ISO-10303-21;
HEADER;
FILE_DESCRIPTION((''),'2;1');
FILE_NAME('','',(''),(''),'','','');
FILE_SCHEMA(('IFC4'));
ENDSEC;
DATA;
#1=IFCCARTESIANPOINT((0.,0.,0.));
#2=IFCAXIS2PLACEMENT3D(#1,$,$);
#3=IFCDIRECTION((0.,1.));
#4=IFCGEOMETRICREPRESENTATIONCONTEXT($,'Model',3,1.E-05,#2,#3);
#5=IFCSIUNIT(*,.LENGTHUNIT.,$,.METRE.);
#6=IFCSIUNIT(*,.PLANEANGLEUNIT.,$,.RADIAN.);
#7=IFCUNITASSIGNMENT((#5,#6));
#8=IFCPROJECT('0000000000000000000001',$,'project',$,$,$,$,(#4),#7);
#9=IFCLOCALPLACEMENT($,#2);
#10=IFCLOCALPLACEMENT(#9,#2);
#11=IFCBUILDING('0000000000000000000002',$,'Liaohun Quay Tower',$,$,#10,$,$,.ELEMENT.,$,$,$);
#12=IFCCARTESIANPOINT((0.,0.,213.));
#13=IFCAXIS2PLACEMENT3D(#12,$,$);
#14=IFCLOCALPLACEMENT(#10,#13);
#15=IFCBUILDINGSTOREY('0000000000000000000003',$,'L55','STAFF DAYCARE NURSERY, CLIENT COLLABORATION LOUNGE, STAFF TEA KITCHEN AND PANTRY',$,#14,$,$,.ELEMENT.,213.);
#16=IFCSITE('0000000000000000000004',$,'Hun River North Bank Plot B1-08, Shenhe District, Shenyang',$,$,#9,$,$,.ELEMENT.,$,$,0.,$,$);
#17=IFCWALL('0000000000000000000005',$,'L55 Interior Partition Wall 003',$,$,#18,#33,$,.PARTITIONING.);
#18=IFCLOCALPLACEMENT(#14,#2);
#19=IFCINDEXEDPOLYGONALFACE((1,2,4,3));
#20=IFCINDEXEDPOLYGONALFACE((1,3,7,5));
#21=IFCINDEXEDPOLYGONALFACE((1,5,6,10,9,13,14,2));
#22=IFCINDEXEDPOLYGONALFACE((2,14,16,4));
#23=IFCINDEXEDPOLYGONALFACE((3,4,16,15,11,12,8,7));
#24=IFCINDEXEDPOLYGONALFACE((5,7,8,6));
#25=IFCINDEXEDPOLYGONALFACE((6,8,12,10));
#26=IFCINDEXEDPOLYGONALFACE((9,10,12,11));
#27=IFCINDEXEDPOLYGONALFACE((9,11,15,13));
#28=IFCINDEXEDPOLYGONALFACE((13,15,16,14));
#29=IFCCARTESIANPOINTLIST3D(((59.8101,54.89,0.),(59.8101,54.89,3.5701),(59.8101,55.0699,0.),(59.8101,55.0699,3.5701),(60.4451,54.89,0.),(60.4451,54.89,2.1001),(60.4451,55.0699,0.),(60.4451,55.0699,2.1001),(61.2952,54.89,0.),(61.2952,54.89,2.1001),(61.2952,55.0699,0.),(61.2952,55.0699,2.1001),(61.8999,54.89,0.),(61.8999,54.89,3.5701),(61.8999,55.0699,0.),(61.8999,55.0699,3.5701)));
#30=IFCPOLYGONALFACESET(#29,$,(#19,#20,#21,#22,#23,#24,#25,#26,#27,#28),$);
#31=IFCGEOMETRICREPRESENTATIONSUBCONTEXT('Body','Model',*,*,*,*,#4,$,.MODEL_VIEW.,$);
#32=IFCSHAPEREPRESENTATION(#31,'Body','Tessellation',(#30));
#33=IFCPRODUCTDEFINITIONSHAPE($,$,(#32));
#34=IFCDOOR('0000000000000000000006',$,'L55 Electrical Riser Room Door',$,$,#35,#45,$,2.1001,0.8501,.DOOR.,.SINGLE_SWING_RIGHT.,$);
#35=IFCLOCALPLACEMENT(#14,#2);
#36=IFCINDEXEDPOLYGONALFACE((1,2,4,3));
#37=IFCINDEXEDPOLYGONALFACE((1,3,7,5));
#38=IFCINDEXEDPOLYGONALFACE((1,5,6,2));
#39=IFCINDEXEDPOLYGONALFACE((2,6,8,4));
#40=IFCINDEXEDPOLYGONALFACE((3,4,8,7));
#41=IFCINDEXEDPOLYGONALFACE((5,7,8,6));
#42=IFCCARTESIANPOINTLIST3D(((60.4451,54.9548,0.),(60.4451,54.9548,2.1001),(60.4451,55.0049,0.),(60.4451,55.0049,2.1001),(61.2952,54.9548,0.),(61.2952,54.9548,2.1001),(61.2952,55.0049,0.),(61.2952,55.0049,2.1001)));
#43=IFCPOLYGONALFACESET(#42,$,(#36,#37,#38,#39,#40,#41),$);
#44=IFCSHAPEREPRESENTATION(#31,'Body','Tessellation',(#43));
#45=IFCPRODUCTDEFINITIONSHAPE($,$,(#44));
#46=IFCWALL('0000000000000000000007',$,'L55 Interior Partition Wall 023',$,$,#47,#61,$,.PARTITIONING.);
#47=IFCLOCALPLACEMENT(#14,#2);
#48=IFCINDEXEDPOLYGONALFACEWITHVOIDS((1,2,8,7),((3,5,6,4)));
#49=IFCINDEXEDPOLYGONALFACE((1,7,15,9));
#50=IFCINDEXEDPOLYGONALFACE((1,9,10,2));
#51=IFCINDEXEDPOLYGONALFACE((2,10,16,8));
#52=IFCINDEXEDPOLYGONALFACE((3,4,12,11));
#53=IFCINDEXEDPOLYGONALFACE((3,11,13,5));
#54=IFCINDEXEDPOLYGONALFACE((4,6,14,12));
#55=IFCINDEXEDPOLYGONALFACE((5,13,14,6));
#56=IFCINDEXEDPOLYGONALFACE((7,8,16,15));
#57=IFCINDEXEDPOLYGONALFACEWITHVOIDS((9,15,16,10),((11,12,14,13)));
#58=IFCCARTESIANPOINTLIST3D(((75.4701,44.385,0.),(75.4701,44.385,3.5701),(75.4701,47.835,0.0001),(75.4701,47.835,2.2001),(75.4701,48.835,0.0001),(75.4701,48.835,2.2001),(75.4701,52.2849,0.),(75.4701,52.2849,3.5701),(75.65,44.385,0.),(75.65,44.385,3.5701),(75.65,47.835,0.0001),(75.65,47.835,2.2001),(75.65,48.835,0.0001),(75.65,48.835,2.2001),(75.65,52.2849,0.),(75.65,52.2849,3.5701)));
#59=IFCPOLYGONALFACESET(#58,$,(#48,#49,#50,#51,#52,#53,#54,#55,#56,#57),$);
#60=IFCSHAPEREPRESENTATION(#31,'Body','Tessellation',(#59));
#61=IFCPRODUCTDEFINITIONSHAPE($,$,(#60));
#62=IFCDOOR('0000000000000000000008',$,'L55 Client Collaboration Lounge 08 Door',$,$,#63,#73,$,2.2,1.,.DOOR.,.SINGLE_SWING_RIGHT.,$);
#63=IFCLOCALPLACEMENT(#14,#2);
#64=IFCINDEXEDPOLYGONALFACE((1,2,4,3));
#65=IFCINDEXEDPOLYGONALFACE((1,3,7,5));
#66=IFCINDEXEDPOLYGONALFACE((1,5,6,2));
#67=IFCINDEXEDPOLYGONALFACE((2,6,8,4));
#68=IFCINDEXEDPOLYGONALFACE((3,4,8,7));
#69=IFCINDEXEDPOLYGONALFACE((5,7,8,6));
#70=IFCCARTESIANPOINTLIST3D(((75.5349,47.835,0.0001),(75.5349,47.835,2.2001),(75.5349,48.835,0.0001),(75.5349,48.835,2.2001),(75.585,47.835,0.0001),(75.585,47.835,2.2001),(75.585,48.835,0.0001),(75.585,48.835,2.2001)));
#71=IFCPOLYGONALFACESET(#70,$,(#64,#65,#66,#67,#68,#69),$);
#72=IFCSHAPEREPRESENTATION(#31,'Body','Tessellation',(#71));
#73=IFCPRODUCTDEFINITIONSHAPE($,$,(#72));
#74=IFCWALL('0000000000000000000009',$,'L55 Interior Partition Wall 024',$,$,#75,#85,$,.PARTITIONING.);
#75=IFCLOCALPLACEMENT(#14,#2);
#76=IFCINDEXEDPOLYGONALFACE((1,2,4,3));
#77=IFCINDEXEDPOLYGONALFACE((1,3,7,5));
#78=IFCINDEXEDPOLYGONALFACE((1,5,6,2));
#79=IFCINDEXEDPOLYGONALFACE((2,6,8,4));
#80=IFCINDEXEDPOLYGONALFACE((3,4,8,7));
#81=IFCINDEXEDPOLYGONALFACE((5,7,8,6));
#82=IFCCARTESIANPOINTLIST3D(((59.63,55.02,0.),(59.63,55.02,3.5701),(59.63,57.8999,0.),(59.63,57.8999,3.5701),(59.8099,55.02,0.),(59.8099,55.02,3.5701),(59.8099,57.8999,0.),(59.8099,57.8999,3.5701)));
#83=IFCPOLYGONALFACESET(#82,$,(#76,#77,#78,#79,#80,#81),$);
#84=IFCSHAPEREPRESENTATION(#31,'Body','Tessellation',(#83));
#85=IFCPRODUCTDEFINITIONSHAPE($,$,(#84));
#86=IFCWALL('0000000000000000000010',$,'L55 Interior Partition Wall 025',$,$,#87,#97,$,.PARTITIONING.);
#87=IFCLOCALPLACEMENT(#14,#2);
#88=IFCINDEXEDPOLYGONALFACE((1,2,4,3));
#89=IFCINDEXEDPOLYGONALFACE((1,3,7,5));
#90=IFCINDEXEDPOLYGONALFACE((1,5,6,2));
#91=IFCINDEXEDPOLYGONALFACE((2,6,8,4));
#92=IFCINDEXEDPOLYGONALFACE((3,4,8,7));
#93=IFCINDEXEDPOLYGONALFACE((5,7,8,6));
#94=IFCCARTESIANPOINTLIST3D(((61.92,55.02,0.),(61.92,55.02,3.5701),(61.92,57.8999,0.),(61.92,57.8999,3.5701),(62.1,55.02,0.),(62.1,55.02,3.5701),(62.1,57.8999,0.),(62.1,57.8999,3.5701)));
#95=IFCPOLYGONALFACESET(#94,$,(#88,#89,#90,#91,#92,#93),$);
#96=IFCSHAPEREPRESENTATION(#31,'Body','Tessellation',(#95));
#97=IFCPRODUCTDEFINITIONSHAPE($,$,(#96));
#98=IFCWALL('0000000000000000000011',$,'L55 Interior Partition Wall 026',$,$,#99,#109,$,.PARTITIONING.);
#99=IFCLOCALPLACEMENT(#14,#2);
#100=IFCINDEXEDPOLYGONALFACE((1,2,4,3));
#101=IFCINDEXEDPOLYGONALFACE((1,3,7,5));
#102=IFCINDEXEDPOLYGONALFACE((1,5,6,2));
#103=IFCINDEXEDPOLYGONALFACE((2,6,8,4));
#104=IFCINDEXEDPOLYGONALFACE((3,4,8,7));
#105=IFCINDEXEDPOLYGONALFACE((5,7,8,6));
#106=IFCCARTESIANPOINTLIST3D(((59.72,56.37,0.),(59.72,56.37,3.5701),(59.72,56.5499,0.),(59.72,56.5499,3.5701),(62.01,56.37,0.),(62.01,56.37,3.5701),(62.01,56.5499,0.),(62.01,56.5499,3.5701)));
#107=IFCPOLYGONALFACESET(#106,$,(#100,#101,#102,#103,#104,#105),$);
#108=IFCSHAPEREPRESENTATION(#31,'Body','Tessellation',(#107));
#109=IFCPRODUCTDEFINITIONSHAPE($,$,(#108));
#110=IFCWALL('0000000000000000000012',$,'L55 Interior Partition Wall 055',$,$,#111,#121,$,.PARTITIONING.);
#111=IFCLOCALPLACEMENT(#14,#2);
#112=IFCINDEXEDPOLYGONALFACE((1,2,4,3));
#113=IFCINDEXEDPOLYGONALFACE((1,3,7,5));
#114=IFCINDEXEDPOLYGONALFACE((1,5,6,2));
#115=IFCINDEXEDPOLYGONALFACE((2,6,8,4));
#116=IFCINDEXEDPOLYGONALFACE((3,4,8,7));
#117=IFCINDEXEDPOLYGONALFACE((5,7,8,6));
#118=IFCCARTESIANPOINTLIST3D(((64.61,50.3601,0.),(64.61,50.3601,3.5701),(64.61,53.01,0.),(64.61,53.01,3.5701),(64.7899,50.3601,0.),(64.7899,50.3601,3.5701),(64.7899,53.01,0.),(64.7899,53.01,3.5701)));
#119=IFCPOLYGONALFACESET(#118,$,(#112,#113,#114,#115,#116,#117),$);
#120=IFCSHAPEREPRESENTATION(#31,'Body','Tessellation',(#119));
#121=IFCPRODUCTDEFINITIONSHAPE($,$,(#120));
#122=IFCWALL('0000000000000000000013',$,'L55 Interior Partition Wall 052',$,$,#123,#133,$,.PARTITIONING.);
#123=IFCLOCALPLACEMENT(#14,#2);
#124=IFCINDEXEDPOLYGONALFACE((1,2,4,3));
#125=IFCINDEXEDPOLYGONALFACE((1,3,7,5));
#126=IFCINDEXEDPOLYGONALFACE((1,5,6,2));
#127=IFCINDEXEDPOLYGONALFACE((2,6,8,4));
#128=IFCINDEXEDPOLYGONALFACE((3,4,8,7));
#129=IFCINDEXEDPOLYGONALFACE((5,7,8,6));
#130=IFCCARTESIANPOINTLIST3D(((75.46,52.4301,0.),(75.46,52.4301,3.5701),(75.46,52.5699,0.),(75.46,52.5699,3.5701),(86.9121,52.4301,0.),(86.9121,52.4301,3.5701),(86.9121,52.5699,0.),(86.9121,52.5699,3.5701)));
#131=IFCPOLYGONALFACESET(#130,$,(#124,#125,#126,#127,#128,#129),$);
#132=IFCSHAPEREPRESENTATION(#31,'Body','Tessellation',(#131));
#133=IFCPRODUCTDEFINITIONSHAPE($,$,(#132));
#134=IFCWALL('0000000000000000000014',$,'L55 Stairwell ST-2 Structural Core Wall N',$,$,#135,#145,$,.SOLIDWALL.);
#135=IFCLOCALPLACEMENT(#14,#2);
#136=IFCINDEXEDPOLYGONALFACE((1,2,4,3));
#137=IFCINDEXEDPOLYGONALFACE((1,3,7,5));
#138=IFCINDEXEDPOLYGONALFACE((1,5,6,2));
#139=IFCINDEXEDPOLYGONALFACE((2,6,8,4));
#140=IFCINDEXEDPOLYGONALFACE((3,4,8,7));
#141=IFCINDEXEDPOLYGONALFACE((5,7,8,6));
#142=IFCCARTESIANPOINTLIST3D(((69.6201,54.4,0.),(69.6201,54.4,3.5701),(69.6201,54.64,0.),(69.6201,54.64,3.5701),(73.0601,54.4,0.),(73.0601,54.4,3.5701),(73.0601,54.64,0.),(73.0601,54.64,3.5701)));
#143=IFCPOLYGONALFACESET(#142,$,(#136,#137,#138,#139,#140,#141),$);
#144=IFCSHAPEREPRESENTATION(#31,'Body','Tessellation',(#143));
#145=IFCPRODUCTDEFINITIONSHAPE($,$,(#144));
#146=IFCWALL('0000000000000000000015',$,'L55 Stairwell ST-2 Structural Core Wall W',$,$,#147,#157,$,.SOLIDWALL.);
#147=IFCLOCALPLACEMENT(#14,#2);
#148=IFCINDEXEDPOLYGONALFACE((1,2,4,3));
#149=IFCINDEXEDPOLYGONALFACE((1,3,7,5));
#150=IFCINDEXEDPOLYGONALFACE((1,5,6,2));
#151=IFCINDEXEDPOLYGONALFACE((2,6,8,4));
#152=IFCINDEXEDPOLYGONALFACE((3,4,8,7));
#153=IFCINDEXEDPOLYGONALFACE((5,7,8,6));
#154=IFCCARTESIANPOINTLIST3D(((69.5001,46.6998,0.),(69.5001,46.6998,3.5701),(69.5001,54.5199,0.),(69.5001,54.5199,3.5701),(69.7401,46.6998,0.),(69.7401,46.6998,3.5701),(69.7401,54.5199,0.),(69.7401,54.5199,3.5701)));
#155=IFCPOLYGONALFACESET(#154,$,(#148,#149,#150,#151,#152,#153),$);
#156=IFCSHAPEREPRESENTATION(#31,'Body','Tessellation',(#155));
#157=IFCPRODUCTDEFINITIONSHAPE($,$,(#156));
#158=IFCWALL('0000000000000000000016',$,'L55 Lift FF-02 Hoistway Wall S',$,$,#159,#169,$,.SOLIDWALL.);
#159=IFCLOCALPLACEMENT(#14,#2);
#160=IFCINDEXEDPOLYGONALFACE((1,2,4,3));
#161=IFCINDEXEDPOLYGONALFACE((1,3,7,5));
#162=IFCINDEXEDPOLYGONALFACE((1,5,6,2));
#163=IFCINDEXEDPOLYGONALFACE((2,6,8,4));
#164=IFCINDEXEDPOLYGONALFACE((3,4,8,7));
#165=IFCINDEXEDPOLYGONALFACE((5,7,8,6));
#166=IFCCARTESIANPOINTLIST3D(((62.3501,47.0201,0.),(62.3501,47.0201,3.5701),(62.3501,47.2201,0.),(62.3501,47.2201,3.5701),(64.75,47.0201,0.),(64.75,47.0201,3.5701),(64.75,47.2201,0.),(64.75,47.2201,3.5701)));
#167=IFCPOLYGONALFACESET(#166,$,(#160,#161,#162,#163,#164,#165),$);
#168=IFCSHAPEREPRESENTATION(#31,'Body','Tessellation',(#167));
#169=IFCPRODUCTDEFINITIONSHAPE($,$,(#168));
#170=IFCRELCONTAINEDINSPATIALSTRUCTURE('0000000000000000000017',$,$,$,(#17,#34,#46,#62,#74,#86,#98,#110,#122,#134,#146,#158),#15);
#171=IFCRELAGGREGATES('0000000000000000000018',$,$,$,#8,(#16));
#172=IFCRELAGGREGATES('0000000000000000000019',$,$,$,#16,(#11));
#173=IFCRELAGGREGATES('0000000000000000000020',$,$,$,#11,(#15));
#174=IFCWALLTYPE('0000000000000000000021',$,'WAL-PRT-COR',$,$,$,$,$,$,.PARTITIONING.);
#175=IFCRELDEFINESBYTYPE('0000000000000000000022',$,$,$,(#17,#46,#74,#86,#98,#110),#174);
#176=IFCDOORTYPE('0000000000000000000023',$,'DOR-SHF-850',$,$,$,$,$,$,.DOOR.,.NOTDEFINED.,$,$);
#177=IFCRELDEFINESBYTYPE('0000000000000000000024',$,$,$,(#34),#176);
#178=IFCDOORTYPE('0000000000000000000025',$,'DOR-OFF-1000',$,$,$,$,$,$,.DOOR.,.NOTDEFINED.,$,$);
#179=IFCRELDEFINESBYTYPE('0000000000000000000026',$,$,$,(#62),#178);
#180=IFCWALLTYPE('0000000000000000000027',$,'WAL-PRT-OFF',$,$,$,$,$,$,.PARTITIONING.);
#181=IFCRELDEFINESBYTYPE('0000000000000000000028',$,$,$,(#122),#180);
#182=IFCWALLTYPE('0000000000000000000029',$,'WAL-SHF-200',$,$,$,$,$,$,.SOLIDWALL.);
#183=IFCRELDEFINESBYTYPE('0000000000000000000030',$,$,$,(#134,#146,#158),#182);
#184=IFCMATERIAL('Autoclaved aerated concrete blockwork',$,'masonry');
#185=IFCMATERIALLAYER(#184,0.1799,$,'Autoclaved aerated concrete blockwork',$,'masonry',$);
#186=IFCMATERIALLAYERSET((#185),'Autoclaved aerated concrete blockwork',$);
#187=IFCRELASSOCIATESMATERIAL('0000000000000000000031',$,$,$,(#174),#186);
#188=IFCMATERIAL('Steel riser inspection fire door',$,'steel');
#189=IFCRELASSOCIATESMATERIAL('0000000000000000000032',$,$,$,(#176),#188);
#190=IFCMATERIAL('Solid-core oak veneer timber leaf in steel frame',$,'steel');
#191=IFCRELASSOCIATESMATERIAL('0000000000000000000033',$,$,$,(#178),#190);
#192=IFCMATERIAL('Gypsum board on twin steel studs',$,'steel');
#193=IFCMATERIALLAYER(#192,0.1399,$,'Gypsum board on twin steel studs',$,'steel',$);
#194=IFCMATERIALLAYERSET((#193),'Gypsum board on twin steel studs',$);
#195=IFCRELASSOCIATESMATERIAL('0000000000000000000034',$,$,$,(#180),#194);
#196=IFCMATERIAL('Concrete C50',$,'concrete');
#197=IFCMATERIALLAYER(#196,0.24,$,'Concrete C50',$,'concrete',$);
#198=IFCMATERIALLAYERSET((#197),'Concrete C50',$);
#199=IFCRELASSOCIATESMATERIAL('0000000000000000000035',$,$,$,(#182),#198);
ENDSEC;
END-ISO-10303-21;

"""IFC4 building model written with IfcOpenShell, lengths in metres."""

from ifc_helpers import new_model, si_unit, direction, frame, frame_2d, origin, place, context, subcontext, project, spatial, rectangle, extrude, source, transform, mapped, material, layer, layer_set, type_object, element, fill, save


model = new_model("IFC4")

# Units and contexts
model_context = context("Model", 3, precision=1e-05, world=origin(), true_north=direction((0.0, 1.0)))
body_context = subcontext(model_context, "Body", "Model", "MODEL_VIEW")
ifc_project = project(units=[si_unit("LENGTHUNIT", "METRE"), si_unit("PLANEANGLEUNIT", "RADIAN")], contexts=[model_context])

# Site, building, storey
site_placement = place(None, origin())
site = spatial("IfcSite", under=ifc_project, at=site_placement, Name="Hun River North Bank Plot B1-08, Shenhe District, Shenyang", CompositionType="ELEMENT", RefElevation=0.0)
building_placement = place(site_placement, origin())
building = spatial("IfcBuilding", under=site, at=building_placement, Name="Liaohun Quay Tower", CompositionType="ELEMENT")
storey_placement = place(building_placement, frame((0.0, 0.0, 213.0)))
storey = spatial("IfcBuildingStorey", under=building, at=storey_placement, Name="L55", Description="STAFF DAYCARE NURSERY, CLIENT COLLABORATION LOUNGE, STAFF TEA KITCHEN AND PANTRY", CompositionType="ELEMENT", Elevation=213.0)

# Walls, openings, doors
ifc_material_1 = material(Name="Autoclaved aerated concrete blockwork", Category="masonry")
ifc_layer_1 = layer(ifc_material_1, 0.1799, Name="Autoclaved aerated concrete blockwork", Category="masonry")
ifc_layer_set_1 = layer_set([ifc_layer_1], Name="Autoclaved aerated concrete blockwork")
wall_type_1 = type_object("IfcWallType", Name="WAL-PRT-COR", PredefinedType="PARTITIONING", material=ifc_layer_set_1)
wall_1_placement = place(storey_placement, frame((59.8101, 54.98, 0.0), z_axis=(0.0, 0.0, 1.0), x_axis=(1.0, 0.0, 0.0)))
wall_1 = element("IfcWall", 1, at=wall_1_placement, inside=storey, type_object=wall_type_1, Name="L55 Interior Partition Wall 003", PredefinedType="PARTITIONING", context=body_context, shape_type="SweptSolid", body=[
    extrude(rectangle(XDim=2.0898, YDim=0.1799, at=frame_2d((1.0449, 0.0))), origin(), (0.0, 0.0, 1.0), 3.5701),
])
shared_shape_1 = source(origin(), body_context, "Body", "SweptSolid", [
    extrude(rectangle(XDim=0.8501, YDim=2.1001, at=frame_2d((0.425, 1.05))), frame((0.0, 0.0999, 0.0), z_axis=(0.0, -1.0, 0.0), x_axis=(1.0, 0.0, 0.0)), (0.0, 0.0, 1.0), 0.2),
])
opening_1_placement = place(wall_1_placement, frame((0.635, 0.0, 0.0)))
opening_1 = element("IfcOpeningElement", 2, at=opening_1_placement, cuts=wall_1, PredefinedType="OPENING", context=body_context, shape_type="MappedRepresentation", body=[
    mapped(shared_shape_1, transform((0.0, 0.0, 0.0), x_axis=(1.0, 0.0, 0.0), y_axis=(0.0, 1.0, 0.0), z_axis=(0.0, 0.0, 1.0), scale=1.0)),
])
ifc_material_2 = material(Name="Steel riser inspection fire door", Category="steel")
door_type_1 = type_object("IfcDoorType", Name="DOR-SHF-850", OperationType="NOTDEFINED", PredefinedType="DOOR", material=ifc_material_2)
shared_shape_2 = source(origin(), body_context, "Body", "SweptSolid", [
    extrude(rectangle(XDim=0.8501, YDim=2.1001, at=frame_2d((0.425, 1.05))), frame((0.0, 0.0249, 0.0), z_axis=(0.0, -1.0, 0.0), x_axis=(1.0, 0.0, 0.0)), (0.0, 0.0, 1.0), 0.05),
])
door_1_placement = place(opening_1_placement, origin())
door_1 = element("IfcDoor", 3, at=door_1_placement, inside=storey, type_object=door_type_1, Name="L55 Electrical Riser Room Door", OperationType="SINGLE_SWING_RIGHT", OverallHeight=2.1001, OverallWidth=0.8501, PredefinedType="DOOR", context=body_context, shape_type="MappedRepresentation", body=[
    mapped(shared_shape_2, transform((0.0, 0.0, 0.0), x_axis=(1.0, 0.0, 0.0), y_axis=(0.0, 1.0, 0.0), z_axis=(0.0, 0.0, 1.0), scale=1.0)),
])
fill(opening_1, door_1)
wall_2_placement = place(storey_placement, frame((75.5601, 52.2849, 0.0), z_axis=(0.0, 0.0, 1.0), x_axis=(0.0, -1.0, 0.0)))
wall_2 = element("IfcWall", 4, at=wall_2_placement, inside=storey, type_object=wall_type_1, Name="L55 Interior Partition Wall 023", PredefinedType="PARTITIONING", context=body_context, shape_type="SweptSolid", body=[
    extrude(rectangle(XDim=7.8999, YDim=0.1799, at=frame_2d((3.95, 0.0))), origin(), (0.0, 0.0, 1.0), 3.5701),
])
shared_shape_3 = source(origin(), body_context, "Body", "SweptSolid", [
    extrude(rectangle(XDim=1.0, YDim=2.2, at=frame_2d((0.5, 1.1001))), frame((0.0, 0.0999, 0.0), z_axis=(0.0, -1.0, 0.0), x_axis=(1.0, 0.0, 0.0)), (0.0, 0.0, 1.0), 0.2),
])
opening_2_placement = place(wall_2_placement, frame((3.45, 0.0, 0.0)))
opening_2 = element("IfcOpeningElement", 5, at=opening_2_placement, cuts=wall_2, PredefinedType="OPENING", context=body_context, shape_type="MappedRepresentation", body=[
    mapped(shared_shape_3, transform((0.0, 0.0, 0.0), x_axis=(1.0, 0.0, 0.0), y_axis=(0.0, 1.0, 0.0), z_axis=(0.0, 0.0, 1.0), scale=1.0)),
])
ifc_material_3 = material(Name="Solid-core oak veneer timber leaf in steel frame", Category="steel")
door_type_2 = type_object("IfcDoorType", Name="DOR-OFF-1000", OperationType="NOTDEFINED", PredefinedType="DOOR", material=ifc_material_3)
shared_shape_4 = source(origin(), body_context, "Body", "SweptSolid", [
    extrude(rectangle(XDim=1.0, YDim=2.2, at=frame_2d((0.5, 1.1001))), frame((0.0, 0.0249, 0.0), z_axis=(0.0, -1.0, 0.0), x_axis=(1.0, 0.0, 0.0)), (0.0, 0.0, 1.0), 0.05),
])
door_2_placement = place(opening_2_placement, origin())
door_2 = element("IfcDoor", 6, at=door_2_placement, inside=storey, type_object=door_type_2, Name="L55 Client Collaboration Lounge 08 Door", OperationType="SINGLE_SWING_RIGHT", OverallHeight=2.2, OverallWidth=1.0, PredefinedType="DOOR", context=body_context, shape_type="MappedRepresentation", body=[
    mapped(shared_shape_4, transform((0.0, 0.0, 0.0), x_axis=(1.0, 0.0, 0.0), y_axis=(0.0, 1.0, 0.0), z_axis=(0.0, 0.0, 1.0), scale=1.0)),
])
fill(opening_2, door_2)

# Walls
for number, where, z_axis, x_axis, name in (
    (7, (59.72, 55.02, 0.0), (0.0, 0.0, 1.0), (0.0, 1.0, 0.0), "L55 Interior Partition Wall 024"),
    (8, (62.01, 55.02, 0.0), (0.0, 0.0, 1.0), (0.0, 1.0, 0.0), "L55 Interior Partition Wall 025"),
):
    element("IfcWall", number, at=place(storey_placement, frame(where, z_axis=z_axis, x_axis=x_axis)), inside=storey, type_object=wall_type_1, Name=name, PredefinedType="PARTITIONING", context=body_context, shape_type="SweptSolid", body=[
        extrude(rectangle(XDim=2.8799, YDim=0.1799, at=frame_2d((1.4399, 0.0))), origin(), (0.0, 0.0, 1.0), 3.5701),
    ])
wall_3_placement = place(storey_placement, frame((59.72, 56.46, 0.0), z_axis=(0.0, 0.0, 1.0), x_axis=(1.0, 0.0, 0.0)))
element("IfcWall", 9, at=wall_3_placement, inside=storey, type_object=wall_type_1, Name="L55 Interior Partition Wall 026", PredefinedType="PARTITIONING", context=body_context, shape_type="SweptSolid", body=[
    extrude(rectangle(XDim=2.29, YDim=0.1799, at=frame_2d((1.145, 0.0))), origin(), (0.0, 0.0, 1.0), 3.5701),
])
wall_4_placement = place(storey_placement, frame((64.7, 50.3601, 0.0), z_axis=(0.0, 0.0, 1.0), x_axis=(0.0, 1.0, 0.0)))
element("IfcWall", 10, at=wall_4_placement, inside=storey, type_object=wall_type_1, Name="L55 Interior Partition Wall 055", PredefinedType="PARTITIONING", context=body_context, shape_type="SweptSolid", body=[
    extrude(rectangle(XDim=2.6499, YDim=0.1799, at=frame_2d((1.325, 0.0))), origin(), (0.0, 0.0, 1.0), 3.5701),
])
ifc_material_4 = material(Name="Gypsum board on twin steel studs", Category="steel")
ifc_layer_2 = layer(ifc_material_4, 0.1399, Name="Gypsum board on twin steel studs", Category="steel")
ifc_layer_set_2 = layer_set([ifc_layer_2], Name="Gypsum board on twin steel studs")
wall_type_2 = type_object("IfcWallType", Name="WAL-PRT-OFF", PredefinedType="PARTITIONING", material=ifc_layer_set_2)
wall_5_placement = place(storey_placement, frame((75.46, 52.5, 0.0), z_axis=(0.0, 0.0, 1.0), x_axis=(1.0, 0.0, 0.0)))
element("IfcWall", 11, at=wall_5_placement, inside=storey, type_object=wall_type_2, Name="L55 Interior Partition Wall 052", PredefinedType="PARTITIONING", context=body_context, shape_type="SweptSolid", body=[
    extrude(rectangle(XDim=11.4521, YDim=0.1399, at=frame_2d((5.7261, 0.0))), origin(), (0.0, 0.0, 1.0), 3.5701),
])
ifc_material_5 = material(Name="Concrete C50", Category="concrete")
ifc_layer_3 = layer(ifc_material_5, 0.24, Name="Concrete C50", Category="concrete")
ifc_layer_set_3 = layer_set([ifc_layer_3], Name="Concrete C50")
wall_type_3 = type_object("IfcWallType", Name="WAL-SHF-200", PredefinedType="SOLIDWALL", material=ifc_layer_set_3)
wall_6_placement = place(storey_placement, frame((73.0601, 54.52, 0.0), z_axis=(0.0, 0.0, 1.0), x_axis=(-1.0, 0.0, 0.0)))
element("IfcWall", 12, at=wall_6_placement, inside=storey, type_object=wall_type_3, Name="L55 Stairwell ST-2 Structural Core Wall N", PredefinedType="SOLIDWALL", context=body_context, shape_type="SweptSolid", body=[
    extrude(rectangle(XDim=3.4399, YDim=0.24, at=frame_2d((1.72, 0.0))), origin(), (0.0, 0.0, 1.0), 3.5701),
])
wall_7_placement = place(storey_placement, frame((69.6201, 54.52, 0.0), z_axis=(0.0, 0.0, 1.0), x_axis=(0.0, -1.0, 0.0)))
element("IfcWall", 13, at=wall_7_placement, inside=storey, type_object=wall_type_3, Name="L55 Stairwell ST-2 Structural Core Wall W", PredefinedType="SOLIDWALL", context=body_context, shape_type="SweptSolid", body=[
    extrude(rectangle(XDim=7.8201, YDim=0.24, at=frame_2d((3.9102, 0.0))), origin(), (0.0, 0.0, 1.0), 3.5701),
])
wall_8_placement = place(storey_placement, frame((62.3501, 47.1201, 0.0), z_axis=(0.0, 0.0, 1.0), x_axis=(1.0, 0.0, 0.0)))
element("IfcWall", 14, at=wall_8_placement, inside=storey, type_object=wall_type_3, Name="L55 Lift FF-02 Hoistway Wall S", PredefinedType="SOLIDWALL", context=body_context, shape_type="SweptSolid", body=[
    extrude(rectangle(XDim=2.3999, YDim=0.2, at=frame_2d((1.2, 0.0))), origin(), (0.0, 0.0, 1.0), 3.5701),
])

save(model, "model.ifc")
